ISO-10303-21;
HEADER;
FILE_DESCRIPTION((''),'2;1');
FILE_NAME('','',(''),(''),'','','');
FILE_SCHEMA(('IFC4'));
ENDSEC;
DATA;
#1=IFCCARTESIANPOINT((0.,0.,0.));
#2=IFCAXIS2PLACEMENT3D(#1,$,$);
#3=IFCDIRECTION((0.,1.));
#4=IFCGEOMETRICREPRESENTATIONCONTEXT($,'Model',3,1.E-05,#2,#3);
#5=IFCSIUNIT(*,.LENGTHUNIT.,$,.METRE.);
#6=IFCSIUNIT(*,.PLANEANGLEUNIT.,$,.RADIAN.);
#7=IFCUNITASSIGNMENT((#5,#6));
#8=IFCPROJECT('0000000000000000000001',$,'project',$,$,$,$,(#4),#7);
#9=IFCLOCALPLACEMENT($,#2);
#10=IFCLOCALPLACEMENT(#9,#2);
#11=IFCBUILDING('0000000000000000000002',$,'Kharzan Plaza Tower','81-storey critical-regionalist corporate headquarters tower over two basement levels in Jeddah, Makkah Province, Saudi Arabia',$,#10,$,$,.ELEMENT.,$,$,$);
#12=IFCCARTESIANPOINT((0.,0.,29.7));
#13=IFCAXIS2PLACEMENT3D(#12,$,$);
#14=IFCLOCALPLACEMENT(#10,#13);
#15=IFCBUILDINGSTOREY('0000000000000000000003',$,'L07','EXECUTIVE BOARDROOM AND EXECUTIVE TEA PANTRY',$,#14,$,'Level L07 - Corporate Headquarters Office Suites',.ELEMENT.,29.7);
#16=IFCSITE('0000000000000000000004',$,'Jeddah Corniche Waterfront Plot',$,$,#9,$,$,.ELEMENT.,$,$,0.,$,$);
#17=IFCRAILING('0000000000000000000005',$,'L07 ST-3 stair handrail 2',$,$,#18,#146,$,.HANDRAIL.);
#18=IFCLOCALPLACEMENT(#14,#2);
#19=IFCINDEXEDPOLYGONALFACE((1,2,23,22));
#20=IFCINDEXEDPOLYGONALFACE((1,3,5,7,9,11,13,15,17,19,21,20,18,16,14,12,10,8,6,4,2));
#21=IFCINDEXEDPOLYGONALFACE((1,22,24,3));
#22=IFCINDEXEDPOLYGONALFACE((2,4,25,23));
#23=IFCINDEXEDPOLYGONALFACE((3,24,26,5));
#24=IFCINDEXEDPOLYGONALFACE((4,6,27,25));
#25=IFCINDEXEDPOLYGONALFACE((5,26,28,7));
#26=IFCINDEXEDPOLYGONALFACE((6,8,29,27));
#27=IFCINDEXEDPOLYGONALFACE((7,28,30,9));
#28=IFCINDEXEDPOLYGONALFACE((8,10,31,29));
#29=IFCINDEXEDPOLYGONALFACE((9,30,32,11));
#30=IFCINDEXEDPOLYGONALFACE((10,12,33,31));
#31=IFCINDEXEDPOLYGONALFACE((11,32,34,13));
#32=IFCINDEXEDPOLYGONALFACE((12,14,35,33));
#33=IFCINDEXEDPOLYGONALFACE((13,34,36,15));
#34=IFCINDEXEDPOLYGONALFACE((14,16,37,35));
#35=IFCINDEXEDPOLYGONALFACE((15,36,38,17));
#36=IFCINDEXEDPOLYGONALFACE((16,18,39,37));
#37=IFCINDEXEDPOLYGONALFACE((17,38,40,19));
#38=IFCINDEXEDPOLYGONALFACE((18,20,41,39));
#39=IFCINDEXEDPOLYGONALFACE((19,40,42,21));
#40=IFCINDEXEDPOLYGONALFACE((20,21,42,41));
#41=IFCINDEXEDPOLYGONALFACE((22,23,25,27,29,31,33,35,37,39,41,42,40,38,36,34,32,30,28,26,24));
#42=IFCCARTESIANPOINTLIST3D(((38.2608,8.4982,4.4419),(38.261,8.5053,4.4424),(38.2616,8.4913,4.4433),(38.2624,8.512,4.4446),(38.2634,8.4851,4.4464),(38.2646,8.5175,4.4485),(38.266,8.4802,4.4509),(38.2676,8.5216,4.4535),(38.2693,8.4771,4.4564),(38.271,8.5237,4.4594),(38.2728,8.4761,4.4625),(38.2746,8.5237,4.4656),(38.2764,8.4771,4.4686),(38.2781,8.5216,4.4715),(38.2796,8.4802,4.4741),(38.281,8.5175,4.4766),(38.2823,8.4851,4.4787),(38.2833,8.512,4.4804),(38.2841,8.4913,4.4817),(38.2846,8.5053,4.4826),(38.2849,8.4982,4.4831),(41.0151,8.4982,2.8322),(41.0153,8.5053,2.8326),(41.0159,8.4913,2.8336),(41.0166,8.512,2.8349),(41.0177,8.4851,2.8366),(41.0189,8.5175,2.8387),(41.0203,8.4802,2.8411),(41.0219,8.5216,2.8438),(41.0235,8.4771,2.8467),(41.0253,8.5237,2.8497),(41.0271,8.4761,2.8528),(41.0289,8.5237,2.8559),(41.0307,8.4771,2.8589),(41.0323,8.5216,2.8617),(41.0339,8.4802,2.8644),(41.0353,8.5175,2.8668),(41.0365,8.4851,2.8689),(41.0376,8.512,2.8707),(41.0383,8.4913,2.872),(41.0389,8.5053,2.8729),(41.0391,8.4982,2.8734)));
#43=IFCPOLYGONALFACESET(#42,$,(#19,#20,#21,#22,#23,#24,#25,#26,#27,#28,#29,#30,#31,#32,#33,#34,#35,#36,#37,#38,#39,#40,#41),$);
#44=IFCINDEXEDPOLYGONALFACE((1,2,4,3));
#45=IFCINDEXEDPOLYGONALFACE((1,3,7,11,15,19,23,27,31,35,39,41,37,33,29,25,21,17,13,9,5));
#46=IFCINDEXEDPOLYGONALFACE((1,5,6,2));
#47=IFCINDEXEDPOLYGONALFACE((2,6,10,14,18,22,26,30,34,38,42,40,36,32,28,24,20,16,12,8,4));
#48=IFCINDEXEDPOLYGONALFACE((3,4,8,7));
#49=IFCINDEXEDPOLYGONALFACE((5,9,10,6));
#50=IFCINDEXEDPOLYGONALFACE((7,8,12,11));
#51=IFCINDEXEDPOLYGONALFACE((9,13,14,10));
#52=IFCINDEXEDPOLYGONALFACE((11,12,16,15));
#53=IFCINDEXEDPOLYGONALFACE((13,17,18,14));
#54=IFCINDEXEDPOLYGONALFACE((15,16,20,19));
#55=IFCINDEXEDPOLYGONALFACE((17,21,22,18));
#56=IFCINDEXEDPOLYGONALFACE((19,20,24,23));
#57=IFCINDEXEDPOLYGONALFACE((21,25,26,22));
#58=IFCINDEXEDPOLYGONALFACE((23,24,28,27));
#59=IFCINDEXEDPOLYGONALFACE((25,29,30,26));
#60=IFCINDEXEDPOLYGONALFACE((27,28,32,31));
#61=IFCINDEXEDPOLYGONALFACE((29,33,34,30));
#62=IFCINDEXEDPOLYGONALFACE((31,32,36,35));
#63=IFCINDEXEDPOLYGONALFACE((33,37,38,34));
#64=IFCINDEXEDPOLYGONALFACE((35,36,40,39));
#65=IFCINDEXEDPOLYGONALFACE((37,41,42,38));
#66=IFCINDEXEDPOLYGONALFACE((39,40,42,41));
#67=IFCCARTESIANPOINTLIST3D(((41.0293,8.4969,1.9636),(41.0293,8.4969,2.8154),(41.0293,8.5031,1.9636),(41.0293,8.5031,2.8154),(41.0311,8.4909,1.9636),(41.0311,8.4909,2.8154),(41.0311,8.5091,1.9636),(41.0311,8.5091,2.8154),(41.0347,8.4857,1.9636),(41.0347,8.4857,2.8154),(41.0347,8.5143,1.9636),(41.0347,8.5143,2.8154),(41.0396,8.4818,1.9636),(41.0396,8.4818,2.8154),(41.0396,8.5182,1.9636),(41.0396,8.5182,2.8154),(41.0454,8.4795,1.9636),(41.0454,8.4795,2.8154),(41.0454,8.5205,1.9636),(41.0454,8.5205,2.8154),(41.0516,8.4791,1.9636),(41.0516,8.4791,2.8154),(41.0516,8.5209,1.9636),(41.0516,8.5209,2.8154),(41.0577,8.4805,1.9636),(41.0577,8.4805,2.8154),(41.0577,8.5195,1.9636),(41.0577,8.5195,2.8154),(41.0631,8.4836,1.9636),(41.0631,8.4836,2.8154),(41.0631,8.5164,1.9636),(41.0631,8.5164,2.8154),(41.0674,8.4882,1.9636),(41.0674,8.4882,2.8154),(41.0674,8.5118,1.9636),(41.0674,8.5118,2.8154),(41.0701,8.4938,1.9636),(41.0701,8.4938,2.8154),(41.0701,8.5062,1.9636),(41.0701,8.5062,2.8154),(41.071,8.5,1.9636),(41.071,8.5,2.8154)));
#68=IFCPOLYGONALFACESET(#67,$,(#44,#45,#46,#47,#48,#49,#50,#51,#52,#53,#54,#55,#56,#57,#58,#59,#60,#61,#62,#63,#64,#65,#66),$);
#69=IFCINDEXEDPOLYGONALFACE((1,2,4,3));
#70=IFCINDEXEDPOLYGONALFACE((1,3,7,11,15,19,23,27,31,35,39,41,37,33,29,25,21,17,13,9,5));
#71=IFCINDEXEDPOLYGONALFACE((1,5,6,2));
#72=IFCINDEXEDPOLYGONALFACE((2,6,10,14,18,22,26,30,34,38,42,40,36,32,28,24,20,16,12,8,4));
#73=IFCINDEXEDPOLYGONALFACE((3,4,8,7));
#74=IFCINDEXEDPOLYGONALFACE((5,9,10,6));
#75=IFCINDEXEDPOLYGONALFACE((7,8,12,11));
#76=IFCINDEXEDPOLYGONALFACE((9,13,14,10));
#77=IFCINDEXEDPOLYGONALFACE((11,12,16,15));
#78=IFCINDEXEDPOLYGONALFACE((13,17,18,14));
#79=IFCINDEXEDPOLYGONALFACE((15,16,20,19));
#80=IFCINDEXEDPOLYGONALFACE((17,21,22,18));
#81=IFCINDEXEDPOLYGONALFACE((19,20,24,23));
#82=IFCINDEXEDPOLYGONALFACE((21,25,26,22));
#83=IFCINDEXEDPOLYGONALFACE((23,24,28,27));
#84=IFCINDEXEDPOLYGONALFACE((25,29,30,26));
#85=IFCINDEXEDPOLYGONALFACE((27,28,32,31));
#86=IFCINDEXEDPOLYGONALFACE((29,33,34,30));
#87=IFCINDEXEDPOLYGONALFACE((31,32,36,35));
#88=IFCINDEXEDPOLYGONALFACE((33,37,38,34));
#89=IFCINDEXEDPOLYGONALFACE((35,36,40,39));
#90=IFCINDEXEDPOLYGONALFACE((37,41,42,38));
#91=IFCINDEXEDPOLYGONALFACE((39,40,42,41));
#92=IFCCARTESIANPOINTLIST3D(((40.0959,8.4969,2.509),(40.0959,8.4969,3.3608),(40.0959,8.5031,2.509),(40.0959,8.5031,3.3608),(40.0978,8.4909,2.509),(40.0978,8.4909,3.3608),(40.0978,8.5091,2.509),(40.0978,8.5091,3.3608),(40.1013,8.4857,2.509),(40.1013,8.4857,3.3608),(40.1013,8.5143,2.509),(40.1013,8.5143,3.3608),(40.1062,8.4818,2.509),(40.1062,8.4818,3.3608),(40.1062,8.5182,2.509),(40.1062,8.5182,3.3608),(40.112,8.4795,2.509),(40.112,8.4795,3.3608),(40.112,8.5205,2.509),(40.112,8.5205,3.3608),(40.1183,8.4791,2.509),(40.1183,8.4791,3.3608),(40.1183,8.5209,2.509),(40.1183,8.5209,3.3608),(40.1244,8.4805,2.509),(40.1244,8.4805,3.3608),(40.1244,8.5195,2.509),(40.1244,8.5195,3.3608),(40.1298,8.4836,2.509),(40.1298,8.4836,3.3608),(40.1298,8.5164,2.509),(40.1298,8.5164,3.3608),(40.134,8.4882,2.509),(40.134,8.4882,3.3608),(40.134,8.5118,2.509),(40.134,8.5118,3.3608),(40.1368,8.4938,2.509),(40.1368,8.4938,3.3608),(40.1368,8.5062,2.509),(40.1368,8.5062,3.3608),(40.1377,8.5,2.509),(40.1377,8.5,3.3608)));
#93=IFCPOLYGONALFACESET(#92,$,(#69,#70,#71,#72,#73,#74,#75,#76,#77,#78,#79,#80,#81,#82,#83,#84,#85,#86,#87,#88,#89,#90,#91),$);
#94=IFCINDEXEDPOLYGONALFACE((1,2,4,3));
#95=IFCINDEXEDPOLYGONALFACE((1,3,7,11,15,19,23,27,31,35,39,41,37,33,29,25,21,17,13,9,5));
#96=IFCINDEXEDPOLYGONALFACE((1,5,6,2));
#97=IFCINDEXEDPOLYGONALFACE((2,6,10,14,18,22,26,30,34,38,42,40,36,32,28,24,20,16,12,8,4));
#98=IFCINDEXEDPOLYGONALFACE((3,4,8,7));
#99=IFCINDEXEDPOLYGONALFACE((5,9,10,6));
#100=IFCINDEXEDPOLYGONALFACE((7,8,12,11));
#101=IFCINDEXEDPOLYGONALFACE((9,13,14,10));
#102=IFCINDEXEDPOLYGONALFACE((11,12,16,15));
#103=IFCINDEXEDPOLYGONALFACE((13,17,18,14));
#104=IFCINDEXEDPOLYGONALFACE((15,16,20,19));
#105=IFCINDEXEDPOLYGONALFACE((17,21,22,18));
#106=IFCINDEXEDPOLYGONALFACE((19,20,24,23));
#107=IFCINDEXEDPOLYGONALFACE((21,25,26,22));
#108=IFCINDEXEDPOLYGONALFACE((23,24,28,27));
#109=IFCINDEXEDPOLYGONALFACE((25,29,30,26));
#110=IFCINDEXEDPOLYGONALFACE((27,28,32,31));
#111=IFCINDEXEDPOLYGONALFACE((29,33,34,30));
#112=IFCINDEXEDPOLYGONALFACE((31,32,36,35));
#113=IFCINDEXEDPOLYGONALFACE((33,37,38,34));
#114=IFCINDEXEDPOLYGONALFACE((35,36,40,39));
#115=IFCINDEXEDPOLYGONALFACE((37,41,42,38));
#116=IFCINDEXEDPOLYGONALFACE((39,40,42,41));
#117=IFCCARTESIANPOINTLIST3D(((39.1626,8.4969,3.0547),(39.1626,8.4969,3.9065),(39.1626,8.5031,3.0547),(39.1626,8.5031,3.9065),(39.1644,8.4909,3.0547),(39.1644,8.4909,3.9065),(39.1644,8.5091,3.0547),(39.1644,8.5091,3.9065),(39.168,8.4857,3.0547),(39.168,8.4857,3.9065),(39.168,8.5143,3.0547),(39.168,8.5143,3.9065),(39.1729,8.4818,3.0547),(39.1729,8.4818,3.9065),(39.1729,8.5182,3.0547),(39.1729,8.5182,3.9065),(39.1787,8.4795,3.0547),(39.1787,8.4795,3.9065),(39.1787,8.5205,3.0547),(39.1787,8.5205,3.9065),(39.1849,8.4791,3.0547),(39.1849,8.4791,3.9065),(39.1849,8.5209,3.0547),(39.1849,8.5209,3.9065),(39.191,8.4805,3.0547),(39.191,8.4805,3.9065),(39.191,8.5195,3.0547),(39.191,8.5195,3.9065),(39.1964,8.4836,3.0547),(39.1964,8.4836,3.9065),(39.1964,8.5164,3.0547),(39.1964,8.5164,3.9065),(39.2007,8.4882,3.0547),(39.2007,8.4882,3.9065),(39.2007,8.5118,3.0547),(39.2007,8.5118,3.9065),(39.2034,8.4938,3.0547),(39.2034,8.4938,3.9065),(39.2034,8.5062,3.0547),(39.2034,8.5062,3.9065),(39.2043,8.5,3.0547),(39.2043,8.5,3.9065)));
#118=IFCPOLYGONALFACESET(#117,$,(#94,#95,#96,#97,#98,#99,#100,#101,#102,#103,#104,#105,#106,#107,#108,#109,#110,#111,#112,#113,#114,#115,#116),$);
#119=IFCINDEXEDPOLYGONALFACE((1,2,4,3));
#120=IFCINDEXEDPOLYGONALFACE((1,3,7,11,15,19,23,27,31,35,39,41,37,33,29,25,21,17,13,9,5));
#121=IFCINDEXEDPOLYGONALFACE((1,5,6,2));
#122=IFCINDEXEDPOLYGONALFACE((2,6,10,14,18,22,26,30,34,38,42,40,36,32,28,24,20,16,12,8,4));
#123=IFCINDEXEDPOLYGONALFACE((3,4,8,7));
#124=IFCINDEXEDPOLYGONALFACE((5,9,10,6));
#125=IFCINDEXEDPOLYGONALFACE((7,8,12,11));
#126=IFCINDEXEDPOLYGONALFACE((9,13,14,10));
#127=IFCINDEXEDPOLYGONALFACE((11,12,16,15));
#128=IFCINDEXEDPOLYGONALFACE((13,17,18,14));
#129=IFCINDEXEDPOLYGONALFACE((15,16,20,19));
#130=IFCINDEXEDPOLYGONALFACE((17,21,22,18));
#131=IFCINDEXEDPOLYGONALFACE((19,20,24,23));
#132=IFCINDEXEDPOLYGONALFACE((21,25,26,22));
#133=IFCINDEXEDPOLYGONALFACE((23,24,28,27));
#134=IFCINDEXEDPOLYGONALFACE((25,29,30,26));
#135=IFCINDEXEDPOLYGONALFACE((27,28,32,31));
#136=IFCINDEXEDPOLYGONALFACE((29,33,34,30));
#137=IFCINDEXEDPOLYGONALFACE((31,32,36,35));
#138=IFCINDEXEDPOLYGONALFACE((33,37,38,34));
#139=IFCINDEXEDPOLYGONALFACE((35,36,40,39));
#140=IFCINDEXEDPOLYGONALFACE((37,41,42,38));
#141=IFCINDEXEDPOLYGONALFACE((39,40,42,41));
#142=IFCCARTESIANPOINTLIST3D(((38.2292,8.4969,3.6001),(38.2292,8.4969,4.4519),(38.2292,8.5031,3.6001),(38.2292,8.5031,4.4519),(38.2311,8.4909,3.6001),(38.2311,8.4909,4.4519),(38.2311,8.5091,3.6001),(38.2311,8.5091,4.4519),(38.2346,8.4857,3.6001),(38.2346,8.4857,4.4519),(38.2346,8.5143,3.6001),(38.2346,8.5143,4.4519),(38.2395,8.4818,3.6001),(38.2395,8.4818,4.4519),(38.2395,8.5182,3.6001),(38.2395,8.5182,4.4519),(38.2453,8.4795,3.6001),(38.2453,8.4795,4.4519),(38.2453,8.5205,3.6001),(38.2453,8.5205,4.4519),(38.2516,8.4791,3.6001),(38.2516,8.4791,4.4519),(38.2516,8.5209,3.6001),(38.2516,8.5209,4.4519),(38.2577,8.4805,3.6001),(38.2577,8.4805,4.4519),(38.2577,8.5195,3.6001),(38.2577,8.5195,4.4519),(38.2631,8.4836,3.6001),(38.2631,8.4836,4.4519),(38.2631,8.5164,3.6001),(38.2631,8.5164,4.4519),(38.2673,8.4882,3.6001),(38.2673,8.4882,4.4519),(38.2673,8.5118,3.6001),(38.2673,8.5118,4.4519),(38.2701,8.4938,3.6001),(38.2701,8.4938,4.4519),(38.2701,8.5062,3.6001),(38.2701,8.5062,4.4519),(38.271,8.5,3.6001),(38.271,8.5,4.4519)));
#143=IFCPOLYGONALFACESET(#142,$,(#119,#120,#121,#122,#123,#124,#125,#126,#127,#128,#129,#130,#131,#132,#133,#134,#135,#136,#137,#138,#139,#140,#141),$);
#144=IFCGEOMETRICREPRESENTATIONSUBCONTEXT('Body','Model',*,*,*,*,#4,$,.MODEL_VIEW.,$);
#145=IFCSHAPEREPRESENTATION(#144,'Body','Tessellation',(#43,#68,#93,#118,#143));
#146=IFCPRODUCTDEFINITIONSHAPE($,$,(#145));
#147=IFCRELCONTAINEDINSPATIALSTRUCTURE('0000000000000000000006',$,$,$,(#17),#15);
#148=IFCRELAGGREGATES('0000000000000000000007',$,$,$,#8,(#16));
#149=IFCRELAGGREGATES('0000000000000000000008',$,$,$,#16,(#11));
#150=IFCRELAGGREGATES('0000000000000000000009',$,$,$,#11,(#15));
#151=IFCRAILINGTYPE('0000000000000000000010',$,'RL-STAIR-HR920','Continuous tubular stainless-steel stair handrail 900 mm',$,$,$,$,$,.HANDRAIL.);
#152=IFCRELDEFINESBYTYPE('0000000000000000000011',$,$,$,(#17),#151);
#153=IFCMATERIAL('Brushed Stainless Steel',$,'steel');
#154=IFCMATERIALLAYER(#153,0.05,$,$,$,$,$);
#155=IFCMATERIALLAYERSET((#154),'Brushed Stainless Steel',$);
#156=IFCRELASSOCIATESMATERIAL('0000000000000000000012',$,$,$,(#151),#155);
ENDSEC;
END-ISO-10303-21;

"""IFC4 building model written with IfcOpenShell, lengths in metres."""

from ifc_helpers import new_model, si_unit, direction, frame, origin, origin_2d, place, context, subcontext, project, spatial, circle, extrude, source, transform, mapped, material, layer, layer_set, type_object, element, save


model = new_model("IFC4")

# Units and contexts
model_context = context("Model", 3, precision=1e-05, world=origin(), true_north=direction((0.0, 1.0)))
body_context = subcontext(model_context, "Body", "Model", "MODEL_VIEW")
ifc_project = project(units=[si_unit("LENGTHUNIT", "METRE"), si_unit("PLANEANGLEUNIT", "RADIAN")], contexts=[model_context])

# Site, building, storey
site_placement = place(None, origin())
site = spatial("IfcSite", under=ifc_project, at=site_placement, Name="Jeddah Corniche Waterfront Plot", CompositionType="ELEMENT", RefElevation=0.0)
building_placement = place(site_placement, origin())
building = spatial("IfcBuilding", under=site, at=building_placement, Name="Kharzan Plaza Tower", Description="81-storey critical-regionalist corporate headquarters tower over two basement levels in Jeddah, Makkah Province, Saudi Arabia", CompositionType="ELEMENT")
storey_placement = place(building_placement, frame((0.0, 0.0, 29.7)))
storey = spatial("IfcBuildingStorey", under=building, at=storey_placement, Name="L07", Description="EXECUTIVE BOARDROOM AND EXECUTIVE TEA PANTRY", LongName="Level L07 - Corporate Headquarters Office Suites", CompositionType="ELEMENT", Elevation=29.7)

# Shared definitions
ifc_material_1 = material(Name="Brushed Stainless Steel", Category="steel")

# Railing
ifc_layer_1 = layer(ifc_material_1, 0.05)
ifc_layer_set_1 = layer_set([ifc_layer_1], Name="Brushed Stainless Steel")
railing_type_1 = type_object("IfcRailingType", Name="RL-STAIR-HR920", Description="Continuous tubular stainless-steel stair handrail 900 mm", PredefinedType="HANDRAIL", material=ifc_layer_set_1)
shared_shape_1 = source(origin(), body_context, "Body", "SweptSolid", [
    extrude(circle(Radius=0.0239, at=origin_2d()), frame((-0.0229, 0.0, 0.8892), z_axis=(-0.863361, 0.0, 0.504587), x_axis=(0.0, -1.0, 0.0)), (0.0, 0.0, 1.0), 3.1902),
    extrude(circle(Radius=0.021, at=origin_2d()), origin(), (0.0, 0.0, 1.0), 0.8518),
    extrude(circle(Radius=0.021, at=origin_2d()), frame((-0.9333, 0.0, 0.5454)), (0.0, 0.0, 1.0), 0.8518),
    extrude(circle(Radius=0.021, at=origin_2d()), frame((-1.8667, 0.0, 1.0911)), (0.0, 0.0, 1.0), 0.8518),
    extrude(circle(Radius=0.021, at=origin_2d()), frame((-2.8, 0.0, 1.6365)), (0.0, 0.0, 1.0), 0.8518),
])
railing_1_placement = place(storey_placement, frame((41.05, 8.5, 1.9636)))
element("IfcRailing", 1, at=railing_1_placement, inside=storey, type_object=railing_type_1, Name="L07 ST-3 stair handrail 2", PredefinedType="HANDRAIL", context=body_context, shape_type="MappedRepresentation", body=[
    mapped(shared_shape_1, transform((0.0, 0.0, 0.0), x_axis=(1.0, 0.0, 0.0), y_axis=(0.0, 1.0, 0.0), z_axis=(0.0, 0.0, 1.0))),
])

save(model, "model.ifc")
